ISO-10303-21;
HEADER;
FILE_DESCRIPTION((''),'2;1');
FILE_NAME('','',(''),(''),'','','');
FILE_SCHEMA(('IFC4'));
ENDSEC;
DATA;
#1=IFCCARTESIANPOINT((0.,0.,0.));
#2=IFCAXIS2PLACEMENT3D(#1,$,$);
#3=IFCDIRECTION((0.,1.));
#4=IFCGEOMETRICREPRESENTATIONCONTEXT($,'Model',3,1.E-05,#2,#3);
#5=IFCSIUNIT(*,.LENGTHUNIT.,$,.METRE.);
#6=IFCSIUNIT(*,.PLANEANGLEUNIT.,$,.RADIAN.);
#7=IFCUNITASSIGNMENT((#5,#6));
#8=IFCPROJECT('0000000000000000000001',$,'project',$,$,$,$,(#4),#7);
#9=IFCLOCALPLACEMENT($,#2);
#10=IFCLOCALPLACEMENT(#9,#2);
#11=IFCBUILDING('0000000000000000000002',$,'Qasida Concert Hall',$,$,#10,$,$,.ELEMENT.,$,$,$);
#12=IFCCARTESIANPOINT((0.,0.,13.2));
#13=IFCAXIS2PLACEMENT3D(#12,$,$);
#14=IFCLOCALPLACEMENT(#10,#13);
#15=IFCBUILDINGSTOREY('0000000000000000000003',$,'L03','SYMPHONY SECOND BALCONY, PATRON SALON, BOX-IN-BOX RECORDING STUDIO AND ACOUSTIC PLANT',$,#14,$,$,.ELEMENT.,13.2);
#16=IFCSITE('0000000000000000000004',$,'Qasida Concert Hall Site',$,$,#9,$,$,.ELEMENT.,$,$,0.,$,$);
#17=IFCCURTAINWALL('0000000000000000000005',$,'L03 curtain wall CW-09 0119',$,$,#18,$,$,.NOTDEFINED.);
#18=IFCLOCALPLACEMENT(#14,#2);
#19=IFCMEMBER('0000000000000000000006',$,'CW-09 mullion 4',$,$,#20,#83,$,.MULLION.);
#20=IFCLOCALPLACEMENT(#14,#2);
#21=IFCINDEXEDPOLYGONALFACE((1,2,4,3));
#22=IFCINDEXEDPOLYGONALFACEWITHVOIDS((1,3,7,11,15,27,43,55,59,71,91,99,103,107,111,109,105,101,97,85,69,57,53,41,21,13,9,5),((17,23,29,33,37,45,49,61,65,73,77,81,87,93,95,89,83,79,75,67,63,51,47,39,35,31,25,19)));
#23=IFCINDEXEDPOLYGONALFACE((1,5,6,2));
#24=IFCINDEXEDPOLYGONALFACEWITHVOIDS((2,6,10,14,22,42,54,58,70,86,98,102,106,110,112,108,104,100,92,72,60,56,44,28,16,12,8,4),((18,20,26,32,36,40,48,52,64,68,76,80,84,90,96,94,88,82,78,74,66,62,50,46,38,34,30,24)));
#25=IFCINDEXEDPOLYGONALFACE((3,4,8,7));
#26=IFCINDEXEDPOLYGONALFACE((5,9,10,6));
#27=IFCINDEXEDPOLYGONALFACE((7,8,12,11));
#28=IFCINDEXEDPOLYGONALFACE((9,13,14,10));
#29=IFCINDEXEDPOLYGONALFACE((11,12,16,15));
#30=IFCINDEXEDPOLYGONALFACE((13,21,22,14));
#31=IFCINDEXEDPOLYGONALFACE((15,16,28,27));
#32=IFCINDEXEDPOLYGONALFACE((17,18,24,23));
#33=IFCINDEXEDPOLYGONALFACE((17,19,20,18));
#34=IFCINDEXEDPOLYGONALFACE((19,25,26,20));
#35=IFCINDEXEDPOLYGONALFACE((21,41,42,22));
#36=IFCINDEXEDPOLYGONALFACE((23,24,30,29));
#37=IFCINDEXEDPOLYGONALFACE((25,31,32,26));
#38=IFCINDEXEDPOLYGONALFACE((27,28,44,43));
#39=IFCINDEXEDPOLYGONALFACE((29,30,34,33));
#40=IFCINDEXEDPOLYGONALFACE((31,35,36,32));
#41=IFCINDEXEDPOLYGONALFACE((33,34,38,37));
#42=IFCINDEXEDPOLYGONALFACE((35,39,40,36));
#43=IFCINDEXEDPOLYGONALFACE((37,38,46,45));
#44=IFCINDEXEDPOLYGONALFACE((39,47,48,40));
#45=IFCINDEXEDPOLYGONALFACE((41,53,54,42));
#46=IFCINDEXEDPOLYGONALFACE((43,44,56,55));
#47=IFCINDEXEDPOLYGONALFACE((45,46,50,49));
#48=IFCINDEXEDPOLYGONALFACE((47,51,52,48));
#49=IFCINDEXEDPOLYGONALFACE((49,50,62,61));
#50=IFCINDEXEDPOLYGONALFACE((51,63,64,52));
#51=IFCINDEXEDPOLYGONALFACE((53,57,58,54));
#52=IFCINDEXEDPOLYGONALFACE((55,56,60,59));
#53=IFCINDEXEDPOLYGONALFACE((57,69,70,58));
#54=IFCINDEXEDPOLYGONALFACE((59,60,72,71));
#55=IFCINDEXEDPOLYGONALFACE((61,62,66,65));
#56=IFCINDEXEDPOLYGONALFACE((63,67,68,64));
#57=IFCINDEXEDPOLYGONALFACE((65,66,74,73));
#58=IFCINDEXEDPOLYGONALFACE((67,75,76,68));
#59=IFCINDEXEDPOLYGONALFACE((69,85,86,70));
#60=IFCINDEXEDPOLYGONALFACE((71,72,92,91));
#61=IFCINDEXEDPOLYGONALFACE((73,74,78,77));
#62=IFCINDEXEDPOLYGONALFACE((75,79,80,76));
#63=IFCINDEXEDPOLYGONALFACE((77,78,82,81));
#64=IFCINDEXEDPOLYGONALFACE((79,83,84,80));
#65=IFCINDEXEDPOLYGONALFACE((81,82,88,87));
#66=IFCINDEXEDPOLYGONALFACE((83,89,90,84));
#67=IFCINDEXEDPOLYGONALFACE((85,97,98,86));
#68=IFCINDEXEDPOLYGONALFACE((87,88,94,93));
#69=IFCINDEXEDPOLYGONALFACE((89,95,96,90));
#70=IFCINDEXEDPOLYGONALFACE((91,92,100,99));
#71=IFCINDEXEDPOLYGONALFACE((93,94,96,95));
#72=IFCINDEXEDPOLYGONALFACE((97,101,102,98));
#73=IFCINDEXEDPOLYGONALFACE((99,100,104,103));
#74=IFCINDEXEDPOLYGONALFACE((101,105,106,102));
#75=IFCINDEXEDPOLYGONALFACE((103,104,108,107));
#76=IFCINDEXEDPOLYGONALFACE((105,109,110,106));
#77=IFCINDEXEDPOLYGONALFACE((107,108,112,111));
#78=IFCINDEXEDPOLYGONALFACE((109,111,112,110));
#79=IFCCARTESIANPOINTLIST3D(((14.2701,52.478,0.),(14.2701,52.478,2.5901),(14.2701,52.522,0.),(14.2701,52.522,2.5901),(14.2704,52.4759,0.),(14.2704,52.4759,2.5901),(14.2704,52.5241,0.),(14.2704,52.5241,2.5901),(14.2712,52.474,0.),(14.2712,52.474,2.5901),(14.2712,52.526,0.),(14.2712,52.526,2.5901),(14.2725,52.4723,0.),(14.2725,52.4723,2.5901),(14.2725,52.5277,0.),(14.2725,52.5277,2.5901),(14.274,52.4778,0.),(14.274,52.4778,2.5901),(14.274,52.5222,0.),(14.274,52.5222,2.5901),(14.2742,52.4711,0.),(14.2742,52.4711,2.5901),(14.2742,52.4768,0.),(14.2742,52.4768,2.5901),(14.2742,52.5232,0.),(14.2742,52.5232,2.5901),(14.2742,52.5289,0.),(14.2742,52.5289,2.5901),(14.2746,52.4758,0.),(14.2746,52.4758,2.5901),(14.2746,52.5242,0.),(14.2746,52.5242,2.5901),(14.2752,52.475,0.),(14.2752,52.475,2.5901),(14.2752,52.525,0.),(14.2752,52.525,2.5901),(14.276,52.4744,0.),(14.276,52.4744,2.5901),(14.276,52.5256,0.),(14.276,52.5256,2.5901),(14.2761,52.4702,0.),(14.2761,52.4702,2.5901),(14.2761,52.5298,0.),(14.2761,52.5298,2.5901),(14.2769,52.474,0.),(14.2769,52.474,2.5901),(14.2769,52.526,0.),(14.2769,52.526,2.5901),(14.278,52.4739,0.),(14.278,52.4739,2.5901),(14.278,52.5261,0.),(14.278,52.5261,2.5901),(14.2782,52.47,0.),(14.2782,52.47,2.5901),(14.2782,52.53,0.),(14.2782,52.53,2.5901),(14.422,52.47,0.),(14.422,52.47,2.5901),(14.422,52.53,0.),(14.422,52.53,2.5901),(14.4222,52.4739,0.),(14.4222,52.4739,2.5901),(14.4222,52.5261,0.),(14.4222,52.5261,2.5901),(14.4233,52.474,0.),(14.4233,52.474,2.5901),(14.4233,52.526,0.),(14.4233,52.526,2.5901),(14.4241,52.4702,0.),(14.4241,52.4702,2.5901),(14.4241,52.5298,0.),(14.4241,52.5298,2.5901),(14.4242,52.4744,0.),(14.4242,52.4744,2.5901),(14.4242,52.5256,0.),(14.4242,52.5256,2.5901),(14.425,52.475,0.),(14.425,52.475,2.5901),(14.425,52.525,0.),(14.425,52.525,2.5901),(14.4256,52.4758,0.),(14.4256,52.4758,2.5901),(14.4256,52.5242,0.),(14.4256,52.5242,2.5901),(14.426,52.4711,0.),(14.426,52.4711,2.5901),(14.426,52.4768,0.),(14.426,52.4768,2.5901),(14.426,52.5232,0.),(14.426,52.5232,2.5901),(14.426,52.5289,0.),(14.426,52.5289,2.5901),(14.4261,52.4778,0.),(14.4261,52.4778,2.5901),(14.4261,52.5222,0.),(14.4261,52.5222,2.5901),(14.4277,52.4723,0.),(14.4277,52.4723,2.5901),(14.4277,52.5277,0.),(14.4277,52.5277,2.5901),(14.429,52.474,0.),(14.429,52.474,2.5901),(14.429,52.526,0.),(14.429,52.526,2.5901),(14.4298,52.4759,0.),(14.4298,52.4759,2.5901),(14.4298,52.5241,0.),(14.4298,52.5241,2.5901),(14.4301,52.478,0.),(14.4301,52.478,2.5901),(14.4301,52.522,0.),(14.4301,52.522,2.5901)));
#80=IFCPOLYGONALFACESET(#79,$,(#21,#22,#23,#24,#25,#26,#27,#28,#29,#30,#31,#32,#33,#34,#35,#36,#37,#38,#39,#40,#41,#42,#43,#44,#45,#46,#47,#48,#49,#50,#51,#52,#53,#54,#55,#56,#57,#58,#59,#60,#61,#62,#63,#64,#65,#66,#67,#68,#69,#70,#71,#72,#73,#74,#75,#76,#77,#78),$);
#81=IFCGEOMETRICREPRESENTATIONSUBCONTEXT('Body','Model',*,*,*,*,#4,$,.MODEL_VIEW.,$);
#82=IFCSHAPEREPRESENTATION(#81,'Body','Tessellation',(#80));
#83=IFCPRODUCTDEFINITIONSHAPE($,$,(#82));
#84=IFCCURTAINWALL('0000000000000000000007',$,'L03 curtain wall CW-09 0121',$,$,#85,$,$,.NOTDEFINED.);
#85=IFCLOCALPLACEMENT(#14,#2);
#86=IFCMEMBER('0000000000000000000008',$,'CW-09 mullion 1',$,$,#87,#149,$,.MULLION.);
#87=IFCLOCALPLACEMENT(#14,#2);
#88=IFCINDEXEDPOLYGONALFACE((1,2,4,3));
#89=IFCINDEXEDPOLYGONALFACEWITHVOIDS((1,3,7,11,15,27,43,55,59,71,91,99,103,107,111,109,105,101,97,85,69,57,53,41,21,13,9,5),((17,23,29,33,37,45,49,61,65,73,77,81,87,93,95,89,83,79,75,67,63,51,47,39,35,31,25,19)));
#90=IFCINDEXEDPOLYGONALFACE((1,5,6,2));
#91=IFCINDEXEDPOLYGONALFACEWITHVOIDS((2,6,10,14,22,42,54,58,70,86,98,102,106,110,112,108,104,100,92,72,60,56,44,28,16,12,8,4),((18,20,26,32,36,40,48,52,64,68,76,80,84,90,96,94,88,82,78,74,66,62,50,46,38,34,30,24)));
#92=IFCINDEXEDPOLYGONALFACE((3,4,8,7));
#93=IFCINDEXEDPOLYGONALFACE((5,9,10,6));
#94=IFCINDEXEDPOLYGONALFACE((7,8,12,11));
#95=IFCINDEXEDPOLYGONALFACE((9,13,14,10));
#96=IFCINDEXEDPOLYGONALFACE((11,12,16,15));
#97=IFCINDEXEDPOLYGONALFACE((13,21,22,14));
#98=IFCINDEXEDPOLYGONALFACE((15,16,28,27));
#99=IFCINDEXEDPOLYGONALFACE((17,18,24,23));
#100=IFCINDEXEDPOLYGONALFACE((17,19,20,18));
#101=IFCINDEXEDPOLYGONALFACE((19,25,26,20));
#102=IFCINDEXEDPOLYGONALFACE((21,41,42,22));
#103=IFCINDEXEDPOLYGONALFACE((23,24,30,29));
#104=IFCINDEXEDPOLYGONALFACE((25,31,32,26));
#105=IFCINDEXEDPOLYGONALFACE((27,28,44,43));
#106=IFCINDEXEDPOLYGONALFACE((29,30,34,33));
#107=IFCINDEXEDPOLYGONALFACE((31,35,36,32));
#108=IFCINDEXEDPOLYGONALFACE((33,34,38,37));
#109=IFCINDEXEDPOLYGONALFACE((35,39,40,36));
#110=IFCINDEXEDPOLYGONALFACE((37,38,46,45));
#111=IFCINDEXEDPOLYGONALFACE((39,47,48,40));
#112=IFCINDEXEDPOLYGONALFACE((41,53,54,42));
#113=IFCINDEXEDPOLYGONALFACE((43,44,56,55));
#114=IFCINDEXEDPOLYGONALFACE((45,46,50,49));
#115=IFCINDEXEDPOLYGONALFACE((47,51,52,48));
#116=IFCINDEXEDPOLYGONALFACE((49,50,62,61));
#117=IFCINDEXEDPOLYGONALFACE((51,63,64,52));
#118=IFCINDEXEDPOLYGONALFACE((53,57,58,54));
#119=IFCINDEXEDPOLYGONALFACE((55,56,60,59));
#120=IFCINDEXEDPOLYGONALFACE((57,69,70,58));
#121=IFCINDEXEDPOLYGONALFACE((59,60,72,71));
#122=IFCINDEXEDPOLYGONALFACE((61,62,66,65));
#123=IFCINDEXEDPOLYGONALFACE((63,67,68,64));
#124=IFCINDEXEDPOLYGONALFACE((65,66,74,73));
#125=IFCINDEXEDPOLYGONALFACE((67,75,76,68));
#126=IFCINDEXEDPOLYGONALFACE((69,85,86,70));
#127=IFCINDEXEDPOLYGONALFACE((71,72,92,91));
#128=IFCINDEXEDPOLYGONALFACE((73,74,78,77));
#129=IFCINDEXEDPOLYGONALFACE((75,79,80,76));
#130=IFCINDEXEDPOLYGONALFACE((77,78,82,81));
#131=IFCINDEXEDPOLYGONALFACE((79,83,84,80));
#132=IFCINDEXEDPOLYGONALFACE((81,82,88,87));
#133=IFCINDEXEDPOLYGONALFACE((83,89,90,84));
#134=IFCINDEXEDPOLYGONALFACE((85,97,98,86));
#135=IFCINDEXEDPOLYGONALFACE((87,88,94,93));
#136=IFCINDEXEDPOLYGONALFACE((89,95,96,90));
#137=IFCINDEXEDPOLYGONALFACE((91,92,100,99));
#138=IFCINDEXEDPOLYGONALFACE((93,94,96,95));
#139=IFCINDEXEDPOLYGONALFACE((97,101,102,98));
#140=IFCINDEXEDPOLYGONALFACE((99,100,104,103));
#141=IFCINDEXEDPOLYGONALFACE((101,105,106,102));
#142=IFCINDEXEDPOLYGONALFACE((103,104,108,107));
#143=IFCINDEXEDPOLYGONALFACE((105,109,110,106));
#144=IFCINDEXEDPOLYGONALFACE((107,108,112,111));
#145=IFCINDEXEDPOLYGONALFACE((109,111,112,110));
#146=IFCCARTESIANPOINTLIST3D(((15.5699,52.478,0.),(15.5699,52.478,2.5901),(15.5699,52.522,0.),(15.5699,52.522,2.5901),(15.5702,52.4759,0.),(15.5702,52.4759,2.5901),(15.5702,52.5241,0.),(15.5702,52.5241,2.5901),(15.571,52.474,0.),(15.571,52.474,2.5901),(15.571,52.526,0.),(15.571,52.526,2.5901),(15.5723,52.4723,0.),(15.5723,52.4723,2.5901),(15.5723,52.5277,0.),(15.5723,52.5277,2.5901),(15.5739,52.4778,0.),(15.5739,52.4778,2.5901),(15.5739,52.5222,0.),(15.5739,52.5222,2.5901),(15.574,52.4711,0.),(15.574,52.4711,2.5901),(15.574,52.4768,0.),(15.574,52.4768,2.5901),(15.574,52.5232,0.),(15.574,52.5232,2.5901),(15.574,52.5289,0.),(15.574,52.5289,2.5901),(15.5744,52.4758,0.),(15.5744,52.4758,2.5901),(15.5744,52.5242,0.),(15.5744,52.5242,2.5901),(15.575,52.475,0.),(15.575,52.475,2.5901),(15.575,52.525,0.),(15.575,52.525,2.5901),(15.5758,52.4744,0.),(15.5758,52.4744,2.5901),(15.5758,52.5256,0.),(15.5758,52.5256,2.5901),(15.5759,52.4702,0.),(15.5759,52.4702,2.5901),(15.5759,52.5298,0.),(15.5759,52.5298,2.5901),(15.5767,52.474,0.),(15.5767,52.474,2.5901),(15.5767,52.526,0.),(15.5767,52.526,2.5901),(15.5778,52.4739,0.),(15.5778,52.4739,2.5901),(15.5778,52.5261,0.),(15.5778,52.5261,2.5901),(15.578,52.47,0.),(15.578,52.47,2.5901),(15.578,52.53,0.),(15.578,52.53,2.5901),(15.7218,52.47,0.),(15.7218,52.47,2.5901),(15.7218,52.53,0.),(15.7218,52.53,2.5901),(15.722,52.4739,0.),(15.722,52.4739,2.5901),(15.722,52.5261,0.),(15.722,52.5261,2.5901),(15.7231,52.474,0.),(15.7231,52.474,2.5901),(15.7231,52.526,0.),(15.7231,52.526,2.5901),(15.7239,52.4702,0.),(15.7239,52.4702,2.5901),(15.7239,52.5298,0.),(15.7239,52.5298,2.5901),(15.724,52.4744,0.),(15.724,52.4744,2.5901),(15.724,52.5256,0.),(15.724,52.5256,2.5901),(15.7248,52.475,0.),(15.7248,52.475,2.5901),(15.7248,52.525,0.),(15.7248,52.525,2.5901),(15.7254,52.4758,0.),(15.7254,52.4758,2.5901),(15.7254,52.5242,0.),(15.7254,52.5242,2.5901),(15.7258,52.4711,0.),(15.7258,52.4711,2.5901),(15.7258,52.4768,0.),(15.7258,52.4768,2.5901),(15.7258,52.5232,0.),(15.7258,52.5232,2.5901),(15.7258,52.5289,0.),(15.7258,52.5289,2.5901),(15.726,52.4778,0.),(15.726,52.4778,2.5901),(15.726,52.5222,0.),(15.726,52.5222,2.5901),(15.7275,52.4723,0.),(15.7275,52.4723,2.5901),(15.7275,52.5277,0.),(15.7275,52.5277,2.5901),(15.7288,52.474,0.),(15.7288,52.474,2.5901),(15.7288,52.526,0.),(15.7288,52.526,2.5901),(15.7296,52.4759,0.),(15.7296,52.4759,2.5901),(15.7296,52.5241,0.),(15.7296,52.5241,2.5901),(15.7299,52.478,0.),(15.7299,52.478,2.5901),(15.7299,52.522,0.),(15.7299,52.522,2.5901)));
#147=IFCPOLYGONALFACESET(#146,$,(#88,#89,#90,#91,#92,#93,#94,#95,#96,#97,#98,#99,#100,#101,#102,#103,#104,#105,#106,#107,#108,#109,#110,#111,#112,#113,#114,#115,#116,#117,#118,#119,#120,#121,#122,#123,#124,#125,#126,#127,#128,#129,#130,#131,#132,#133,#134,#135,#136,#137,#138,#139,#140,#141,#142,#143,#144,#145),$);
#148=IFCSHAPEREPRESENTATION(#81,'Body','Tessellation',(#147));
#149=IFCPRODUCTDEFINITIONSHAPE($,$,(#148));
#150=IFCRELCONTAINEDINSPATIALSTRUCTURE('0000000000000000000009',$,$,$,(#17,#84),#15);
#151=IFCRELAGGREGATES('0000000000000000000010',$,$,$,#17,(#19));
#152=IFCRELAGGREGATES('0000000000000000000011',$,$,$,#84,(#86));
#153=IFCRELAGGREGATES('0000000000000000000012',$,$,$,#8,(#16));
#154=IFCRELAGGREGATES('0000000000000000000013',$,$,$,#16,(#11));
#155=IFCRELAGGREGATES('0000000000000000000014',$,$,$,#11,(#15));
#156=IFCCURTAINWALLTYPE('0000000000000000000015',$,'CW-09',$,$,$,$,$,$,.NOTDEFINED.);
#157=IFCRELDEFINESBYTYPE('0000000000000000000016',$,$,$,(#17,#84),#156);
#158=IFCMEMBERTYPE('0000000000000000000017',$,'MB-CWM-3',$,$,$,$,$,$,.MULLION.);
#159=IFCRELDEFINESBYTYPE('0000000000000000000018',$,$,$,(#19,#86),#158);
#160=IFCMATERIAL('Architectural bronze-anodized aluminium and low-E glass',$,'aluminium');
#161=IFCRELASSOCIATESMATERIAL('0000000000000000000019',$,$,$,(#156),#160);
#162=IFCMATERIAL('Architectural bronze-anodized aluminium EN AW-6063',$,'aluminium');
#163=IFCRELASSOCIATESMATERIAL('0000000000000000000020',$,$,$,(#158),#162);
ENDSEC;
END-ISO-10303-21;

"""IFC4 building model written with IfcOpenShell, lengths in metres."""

from ifc_helpers import new_model, si_unit, direction, frame, origin, origin_2d, place, context, subcontext, project, spatial, hollow_rectangle, extrude, material, material_profile, profile_set, type_object, element, aggregate, save


model = new_model("IFC4")

# Units and contexts
model_context = context("Model", 3, precision=1e-05, world=origin(), true_north=direction((0.0, 1.0)))
body_context = subcontext(model_context, "Body", "Model", "MODEL_VIEW")
ifc_project = project(units=[si_unit("LENGTHUNIT", "METRE"), si_unit("PLANEANGLEUNIT", "RADIAN")], contexts=[model_context])

# Site, building, storey
site_placement = place(None, origin())
site = spatial("IfcSite", under=ifc_project, at=site_placement, Name="Qasida Concert Hall Site", CompositionType="ELEMENT", RefElevation=0.0)
building_placement = place(site_placement, origin())
building = spatial("IfcBuilding", under=site, at=building_placement, Name="Qasida Concert Hall", CompositionType="ELEMENT")
storey_placement = place(building_placement, frame((0.0, 0.0, 13.2)))
storey = spatial("IfcBuildingStorey", under=building, at=storey_placement, Name="L03", Description="SYMPHONY SECOND BALCONY, PATRON SALON, BOX-IN-BOX RECORDING STUDIO AND ACOUSTIC PLANT", CompositionType="ELEMENT", Elevation=13.2)

# Curtain wall, member
ifc_material_1 = material(Name="Architectural bronze-anodized aluminium and low-E glass", Category="aluminium")
curtain_wall_type = type_object("IfcCurtainWallType", Name="CW-09", PredefinedType="NOTDEFINED", material=ifc_material_1)
curtain_wall_1_placement = place(storey_placement, origin())
curtain_wall_1 = element("IfcCurtainWall", 1, at=curtain_wall_1_placement, inside=storey, type_object=curtain_wall_type, Name="L03 curtain wall CW-09 0119", PredefinedType="NOTDEFINED")
ifc_material_2 = material(Name="Architectural bronze-anodized aluminium EN AW-6063", Category="aluminium")
ifc_material_profile_1 = material_profile(ifc_material_2, hollow_rectangle(XDim=0.0601, YDim=0.1599, WallThickness=0.0039, InnerFilletRadius=0.0039, OuterFilletRadius=0.0081, at=origin_2d()), Name="CWM 160x60x4")
ifc_profile_set_1 = profile_set([ifc_material_profile_1], Name="Architectural bronze-anodized aluminium EN AW-6063")
member_type_1 = type_object("IfcMemberType", Name="MB-CWM-3", PredefinedType="MULLION", material=ifc_profile_set_1)
member_1_placement = place(storey_placement, frame((14.3501, 52.5, 0.0), z_axis=(0.0, 0.0, 1.0), x_axis=(0.0, 1.0, 0.0)))
member_1 = element("IfcMember", 2, at=member_1_placement, type_object=member_type_1, Name="CW-09 mullion 4", PredefinedType="MULLION", context=body_context, shape_type="SweptSolid", body=[
    extrude(hollow_rectangle(XDim=0.0601, YDim=0.1599, WallThickness=0.0039, InnerFilletRadius=0.0039, OuterFilletRadius=0.0081, at=origin_2d()), origin(), (0.0, 0.0, 1.0), 2.5901),
])

# Curtain wall, member
curtain_wall_2_placement = place(storey_placement, origin())
curtain_wall_2 = element("IfcCurtainWall", 3, at=curtain_wall_2_placement, inside=storey, type_object=curtain_wall_type, Name="L03 curtain wall CW-09 0121", PredefinedType="NOTDEFINED")
member_2_placement = place(storey_placement, frame((15.6499, 52.5, 0.0), z_axis=(0.0, 0.0, 1.0), x_axis=(0.0, 1.0, 0.0)))
member_2 = element("IfcMember", 4, at=member_2_placement, type_object=member_type_1, Name="CW-09 mullion 1", PredefinedType="MULLION", context=body_context, shape_type="SweptSolid", body=[
    extrude(hollow_rectangle(XDim=0.0601, YDim=0.1599, WallThickness=0.0039, InnerFilletRadius=0.0039, OuterFilletRadius=0.0081, at=origin_2d()), origin(), (0.0, 0.0, 1.0), 2.5901),
])

aggregate(curtain_wall_1, [member_1])
aggregate(curtain_wall_2, [member_2])

save(model, "model.ifc")
